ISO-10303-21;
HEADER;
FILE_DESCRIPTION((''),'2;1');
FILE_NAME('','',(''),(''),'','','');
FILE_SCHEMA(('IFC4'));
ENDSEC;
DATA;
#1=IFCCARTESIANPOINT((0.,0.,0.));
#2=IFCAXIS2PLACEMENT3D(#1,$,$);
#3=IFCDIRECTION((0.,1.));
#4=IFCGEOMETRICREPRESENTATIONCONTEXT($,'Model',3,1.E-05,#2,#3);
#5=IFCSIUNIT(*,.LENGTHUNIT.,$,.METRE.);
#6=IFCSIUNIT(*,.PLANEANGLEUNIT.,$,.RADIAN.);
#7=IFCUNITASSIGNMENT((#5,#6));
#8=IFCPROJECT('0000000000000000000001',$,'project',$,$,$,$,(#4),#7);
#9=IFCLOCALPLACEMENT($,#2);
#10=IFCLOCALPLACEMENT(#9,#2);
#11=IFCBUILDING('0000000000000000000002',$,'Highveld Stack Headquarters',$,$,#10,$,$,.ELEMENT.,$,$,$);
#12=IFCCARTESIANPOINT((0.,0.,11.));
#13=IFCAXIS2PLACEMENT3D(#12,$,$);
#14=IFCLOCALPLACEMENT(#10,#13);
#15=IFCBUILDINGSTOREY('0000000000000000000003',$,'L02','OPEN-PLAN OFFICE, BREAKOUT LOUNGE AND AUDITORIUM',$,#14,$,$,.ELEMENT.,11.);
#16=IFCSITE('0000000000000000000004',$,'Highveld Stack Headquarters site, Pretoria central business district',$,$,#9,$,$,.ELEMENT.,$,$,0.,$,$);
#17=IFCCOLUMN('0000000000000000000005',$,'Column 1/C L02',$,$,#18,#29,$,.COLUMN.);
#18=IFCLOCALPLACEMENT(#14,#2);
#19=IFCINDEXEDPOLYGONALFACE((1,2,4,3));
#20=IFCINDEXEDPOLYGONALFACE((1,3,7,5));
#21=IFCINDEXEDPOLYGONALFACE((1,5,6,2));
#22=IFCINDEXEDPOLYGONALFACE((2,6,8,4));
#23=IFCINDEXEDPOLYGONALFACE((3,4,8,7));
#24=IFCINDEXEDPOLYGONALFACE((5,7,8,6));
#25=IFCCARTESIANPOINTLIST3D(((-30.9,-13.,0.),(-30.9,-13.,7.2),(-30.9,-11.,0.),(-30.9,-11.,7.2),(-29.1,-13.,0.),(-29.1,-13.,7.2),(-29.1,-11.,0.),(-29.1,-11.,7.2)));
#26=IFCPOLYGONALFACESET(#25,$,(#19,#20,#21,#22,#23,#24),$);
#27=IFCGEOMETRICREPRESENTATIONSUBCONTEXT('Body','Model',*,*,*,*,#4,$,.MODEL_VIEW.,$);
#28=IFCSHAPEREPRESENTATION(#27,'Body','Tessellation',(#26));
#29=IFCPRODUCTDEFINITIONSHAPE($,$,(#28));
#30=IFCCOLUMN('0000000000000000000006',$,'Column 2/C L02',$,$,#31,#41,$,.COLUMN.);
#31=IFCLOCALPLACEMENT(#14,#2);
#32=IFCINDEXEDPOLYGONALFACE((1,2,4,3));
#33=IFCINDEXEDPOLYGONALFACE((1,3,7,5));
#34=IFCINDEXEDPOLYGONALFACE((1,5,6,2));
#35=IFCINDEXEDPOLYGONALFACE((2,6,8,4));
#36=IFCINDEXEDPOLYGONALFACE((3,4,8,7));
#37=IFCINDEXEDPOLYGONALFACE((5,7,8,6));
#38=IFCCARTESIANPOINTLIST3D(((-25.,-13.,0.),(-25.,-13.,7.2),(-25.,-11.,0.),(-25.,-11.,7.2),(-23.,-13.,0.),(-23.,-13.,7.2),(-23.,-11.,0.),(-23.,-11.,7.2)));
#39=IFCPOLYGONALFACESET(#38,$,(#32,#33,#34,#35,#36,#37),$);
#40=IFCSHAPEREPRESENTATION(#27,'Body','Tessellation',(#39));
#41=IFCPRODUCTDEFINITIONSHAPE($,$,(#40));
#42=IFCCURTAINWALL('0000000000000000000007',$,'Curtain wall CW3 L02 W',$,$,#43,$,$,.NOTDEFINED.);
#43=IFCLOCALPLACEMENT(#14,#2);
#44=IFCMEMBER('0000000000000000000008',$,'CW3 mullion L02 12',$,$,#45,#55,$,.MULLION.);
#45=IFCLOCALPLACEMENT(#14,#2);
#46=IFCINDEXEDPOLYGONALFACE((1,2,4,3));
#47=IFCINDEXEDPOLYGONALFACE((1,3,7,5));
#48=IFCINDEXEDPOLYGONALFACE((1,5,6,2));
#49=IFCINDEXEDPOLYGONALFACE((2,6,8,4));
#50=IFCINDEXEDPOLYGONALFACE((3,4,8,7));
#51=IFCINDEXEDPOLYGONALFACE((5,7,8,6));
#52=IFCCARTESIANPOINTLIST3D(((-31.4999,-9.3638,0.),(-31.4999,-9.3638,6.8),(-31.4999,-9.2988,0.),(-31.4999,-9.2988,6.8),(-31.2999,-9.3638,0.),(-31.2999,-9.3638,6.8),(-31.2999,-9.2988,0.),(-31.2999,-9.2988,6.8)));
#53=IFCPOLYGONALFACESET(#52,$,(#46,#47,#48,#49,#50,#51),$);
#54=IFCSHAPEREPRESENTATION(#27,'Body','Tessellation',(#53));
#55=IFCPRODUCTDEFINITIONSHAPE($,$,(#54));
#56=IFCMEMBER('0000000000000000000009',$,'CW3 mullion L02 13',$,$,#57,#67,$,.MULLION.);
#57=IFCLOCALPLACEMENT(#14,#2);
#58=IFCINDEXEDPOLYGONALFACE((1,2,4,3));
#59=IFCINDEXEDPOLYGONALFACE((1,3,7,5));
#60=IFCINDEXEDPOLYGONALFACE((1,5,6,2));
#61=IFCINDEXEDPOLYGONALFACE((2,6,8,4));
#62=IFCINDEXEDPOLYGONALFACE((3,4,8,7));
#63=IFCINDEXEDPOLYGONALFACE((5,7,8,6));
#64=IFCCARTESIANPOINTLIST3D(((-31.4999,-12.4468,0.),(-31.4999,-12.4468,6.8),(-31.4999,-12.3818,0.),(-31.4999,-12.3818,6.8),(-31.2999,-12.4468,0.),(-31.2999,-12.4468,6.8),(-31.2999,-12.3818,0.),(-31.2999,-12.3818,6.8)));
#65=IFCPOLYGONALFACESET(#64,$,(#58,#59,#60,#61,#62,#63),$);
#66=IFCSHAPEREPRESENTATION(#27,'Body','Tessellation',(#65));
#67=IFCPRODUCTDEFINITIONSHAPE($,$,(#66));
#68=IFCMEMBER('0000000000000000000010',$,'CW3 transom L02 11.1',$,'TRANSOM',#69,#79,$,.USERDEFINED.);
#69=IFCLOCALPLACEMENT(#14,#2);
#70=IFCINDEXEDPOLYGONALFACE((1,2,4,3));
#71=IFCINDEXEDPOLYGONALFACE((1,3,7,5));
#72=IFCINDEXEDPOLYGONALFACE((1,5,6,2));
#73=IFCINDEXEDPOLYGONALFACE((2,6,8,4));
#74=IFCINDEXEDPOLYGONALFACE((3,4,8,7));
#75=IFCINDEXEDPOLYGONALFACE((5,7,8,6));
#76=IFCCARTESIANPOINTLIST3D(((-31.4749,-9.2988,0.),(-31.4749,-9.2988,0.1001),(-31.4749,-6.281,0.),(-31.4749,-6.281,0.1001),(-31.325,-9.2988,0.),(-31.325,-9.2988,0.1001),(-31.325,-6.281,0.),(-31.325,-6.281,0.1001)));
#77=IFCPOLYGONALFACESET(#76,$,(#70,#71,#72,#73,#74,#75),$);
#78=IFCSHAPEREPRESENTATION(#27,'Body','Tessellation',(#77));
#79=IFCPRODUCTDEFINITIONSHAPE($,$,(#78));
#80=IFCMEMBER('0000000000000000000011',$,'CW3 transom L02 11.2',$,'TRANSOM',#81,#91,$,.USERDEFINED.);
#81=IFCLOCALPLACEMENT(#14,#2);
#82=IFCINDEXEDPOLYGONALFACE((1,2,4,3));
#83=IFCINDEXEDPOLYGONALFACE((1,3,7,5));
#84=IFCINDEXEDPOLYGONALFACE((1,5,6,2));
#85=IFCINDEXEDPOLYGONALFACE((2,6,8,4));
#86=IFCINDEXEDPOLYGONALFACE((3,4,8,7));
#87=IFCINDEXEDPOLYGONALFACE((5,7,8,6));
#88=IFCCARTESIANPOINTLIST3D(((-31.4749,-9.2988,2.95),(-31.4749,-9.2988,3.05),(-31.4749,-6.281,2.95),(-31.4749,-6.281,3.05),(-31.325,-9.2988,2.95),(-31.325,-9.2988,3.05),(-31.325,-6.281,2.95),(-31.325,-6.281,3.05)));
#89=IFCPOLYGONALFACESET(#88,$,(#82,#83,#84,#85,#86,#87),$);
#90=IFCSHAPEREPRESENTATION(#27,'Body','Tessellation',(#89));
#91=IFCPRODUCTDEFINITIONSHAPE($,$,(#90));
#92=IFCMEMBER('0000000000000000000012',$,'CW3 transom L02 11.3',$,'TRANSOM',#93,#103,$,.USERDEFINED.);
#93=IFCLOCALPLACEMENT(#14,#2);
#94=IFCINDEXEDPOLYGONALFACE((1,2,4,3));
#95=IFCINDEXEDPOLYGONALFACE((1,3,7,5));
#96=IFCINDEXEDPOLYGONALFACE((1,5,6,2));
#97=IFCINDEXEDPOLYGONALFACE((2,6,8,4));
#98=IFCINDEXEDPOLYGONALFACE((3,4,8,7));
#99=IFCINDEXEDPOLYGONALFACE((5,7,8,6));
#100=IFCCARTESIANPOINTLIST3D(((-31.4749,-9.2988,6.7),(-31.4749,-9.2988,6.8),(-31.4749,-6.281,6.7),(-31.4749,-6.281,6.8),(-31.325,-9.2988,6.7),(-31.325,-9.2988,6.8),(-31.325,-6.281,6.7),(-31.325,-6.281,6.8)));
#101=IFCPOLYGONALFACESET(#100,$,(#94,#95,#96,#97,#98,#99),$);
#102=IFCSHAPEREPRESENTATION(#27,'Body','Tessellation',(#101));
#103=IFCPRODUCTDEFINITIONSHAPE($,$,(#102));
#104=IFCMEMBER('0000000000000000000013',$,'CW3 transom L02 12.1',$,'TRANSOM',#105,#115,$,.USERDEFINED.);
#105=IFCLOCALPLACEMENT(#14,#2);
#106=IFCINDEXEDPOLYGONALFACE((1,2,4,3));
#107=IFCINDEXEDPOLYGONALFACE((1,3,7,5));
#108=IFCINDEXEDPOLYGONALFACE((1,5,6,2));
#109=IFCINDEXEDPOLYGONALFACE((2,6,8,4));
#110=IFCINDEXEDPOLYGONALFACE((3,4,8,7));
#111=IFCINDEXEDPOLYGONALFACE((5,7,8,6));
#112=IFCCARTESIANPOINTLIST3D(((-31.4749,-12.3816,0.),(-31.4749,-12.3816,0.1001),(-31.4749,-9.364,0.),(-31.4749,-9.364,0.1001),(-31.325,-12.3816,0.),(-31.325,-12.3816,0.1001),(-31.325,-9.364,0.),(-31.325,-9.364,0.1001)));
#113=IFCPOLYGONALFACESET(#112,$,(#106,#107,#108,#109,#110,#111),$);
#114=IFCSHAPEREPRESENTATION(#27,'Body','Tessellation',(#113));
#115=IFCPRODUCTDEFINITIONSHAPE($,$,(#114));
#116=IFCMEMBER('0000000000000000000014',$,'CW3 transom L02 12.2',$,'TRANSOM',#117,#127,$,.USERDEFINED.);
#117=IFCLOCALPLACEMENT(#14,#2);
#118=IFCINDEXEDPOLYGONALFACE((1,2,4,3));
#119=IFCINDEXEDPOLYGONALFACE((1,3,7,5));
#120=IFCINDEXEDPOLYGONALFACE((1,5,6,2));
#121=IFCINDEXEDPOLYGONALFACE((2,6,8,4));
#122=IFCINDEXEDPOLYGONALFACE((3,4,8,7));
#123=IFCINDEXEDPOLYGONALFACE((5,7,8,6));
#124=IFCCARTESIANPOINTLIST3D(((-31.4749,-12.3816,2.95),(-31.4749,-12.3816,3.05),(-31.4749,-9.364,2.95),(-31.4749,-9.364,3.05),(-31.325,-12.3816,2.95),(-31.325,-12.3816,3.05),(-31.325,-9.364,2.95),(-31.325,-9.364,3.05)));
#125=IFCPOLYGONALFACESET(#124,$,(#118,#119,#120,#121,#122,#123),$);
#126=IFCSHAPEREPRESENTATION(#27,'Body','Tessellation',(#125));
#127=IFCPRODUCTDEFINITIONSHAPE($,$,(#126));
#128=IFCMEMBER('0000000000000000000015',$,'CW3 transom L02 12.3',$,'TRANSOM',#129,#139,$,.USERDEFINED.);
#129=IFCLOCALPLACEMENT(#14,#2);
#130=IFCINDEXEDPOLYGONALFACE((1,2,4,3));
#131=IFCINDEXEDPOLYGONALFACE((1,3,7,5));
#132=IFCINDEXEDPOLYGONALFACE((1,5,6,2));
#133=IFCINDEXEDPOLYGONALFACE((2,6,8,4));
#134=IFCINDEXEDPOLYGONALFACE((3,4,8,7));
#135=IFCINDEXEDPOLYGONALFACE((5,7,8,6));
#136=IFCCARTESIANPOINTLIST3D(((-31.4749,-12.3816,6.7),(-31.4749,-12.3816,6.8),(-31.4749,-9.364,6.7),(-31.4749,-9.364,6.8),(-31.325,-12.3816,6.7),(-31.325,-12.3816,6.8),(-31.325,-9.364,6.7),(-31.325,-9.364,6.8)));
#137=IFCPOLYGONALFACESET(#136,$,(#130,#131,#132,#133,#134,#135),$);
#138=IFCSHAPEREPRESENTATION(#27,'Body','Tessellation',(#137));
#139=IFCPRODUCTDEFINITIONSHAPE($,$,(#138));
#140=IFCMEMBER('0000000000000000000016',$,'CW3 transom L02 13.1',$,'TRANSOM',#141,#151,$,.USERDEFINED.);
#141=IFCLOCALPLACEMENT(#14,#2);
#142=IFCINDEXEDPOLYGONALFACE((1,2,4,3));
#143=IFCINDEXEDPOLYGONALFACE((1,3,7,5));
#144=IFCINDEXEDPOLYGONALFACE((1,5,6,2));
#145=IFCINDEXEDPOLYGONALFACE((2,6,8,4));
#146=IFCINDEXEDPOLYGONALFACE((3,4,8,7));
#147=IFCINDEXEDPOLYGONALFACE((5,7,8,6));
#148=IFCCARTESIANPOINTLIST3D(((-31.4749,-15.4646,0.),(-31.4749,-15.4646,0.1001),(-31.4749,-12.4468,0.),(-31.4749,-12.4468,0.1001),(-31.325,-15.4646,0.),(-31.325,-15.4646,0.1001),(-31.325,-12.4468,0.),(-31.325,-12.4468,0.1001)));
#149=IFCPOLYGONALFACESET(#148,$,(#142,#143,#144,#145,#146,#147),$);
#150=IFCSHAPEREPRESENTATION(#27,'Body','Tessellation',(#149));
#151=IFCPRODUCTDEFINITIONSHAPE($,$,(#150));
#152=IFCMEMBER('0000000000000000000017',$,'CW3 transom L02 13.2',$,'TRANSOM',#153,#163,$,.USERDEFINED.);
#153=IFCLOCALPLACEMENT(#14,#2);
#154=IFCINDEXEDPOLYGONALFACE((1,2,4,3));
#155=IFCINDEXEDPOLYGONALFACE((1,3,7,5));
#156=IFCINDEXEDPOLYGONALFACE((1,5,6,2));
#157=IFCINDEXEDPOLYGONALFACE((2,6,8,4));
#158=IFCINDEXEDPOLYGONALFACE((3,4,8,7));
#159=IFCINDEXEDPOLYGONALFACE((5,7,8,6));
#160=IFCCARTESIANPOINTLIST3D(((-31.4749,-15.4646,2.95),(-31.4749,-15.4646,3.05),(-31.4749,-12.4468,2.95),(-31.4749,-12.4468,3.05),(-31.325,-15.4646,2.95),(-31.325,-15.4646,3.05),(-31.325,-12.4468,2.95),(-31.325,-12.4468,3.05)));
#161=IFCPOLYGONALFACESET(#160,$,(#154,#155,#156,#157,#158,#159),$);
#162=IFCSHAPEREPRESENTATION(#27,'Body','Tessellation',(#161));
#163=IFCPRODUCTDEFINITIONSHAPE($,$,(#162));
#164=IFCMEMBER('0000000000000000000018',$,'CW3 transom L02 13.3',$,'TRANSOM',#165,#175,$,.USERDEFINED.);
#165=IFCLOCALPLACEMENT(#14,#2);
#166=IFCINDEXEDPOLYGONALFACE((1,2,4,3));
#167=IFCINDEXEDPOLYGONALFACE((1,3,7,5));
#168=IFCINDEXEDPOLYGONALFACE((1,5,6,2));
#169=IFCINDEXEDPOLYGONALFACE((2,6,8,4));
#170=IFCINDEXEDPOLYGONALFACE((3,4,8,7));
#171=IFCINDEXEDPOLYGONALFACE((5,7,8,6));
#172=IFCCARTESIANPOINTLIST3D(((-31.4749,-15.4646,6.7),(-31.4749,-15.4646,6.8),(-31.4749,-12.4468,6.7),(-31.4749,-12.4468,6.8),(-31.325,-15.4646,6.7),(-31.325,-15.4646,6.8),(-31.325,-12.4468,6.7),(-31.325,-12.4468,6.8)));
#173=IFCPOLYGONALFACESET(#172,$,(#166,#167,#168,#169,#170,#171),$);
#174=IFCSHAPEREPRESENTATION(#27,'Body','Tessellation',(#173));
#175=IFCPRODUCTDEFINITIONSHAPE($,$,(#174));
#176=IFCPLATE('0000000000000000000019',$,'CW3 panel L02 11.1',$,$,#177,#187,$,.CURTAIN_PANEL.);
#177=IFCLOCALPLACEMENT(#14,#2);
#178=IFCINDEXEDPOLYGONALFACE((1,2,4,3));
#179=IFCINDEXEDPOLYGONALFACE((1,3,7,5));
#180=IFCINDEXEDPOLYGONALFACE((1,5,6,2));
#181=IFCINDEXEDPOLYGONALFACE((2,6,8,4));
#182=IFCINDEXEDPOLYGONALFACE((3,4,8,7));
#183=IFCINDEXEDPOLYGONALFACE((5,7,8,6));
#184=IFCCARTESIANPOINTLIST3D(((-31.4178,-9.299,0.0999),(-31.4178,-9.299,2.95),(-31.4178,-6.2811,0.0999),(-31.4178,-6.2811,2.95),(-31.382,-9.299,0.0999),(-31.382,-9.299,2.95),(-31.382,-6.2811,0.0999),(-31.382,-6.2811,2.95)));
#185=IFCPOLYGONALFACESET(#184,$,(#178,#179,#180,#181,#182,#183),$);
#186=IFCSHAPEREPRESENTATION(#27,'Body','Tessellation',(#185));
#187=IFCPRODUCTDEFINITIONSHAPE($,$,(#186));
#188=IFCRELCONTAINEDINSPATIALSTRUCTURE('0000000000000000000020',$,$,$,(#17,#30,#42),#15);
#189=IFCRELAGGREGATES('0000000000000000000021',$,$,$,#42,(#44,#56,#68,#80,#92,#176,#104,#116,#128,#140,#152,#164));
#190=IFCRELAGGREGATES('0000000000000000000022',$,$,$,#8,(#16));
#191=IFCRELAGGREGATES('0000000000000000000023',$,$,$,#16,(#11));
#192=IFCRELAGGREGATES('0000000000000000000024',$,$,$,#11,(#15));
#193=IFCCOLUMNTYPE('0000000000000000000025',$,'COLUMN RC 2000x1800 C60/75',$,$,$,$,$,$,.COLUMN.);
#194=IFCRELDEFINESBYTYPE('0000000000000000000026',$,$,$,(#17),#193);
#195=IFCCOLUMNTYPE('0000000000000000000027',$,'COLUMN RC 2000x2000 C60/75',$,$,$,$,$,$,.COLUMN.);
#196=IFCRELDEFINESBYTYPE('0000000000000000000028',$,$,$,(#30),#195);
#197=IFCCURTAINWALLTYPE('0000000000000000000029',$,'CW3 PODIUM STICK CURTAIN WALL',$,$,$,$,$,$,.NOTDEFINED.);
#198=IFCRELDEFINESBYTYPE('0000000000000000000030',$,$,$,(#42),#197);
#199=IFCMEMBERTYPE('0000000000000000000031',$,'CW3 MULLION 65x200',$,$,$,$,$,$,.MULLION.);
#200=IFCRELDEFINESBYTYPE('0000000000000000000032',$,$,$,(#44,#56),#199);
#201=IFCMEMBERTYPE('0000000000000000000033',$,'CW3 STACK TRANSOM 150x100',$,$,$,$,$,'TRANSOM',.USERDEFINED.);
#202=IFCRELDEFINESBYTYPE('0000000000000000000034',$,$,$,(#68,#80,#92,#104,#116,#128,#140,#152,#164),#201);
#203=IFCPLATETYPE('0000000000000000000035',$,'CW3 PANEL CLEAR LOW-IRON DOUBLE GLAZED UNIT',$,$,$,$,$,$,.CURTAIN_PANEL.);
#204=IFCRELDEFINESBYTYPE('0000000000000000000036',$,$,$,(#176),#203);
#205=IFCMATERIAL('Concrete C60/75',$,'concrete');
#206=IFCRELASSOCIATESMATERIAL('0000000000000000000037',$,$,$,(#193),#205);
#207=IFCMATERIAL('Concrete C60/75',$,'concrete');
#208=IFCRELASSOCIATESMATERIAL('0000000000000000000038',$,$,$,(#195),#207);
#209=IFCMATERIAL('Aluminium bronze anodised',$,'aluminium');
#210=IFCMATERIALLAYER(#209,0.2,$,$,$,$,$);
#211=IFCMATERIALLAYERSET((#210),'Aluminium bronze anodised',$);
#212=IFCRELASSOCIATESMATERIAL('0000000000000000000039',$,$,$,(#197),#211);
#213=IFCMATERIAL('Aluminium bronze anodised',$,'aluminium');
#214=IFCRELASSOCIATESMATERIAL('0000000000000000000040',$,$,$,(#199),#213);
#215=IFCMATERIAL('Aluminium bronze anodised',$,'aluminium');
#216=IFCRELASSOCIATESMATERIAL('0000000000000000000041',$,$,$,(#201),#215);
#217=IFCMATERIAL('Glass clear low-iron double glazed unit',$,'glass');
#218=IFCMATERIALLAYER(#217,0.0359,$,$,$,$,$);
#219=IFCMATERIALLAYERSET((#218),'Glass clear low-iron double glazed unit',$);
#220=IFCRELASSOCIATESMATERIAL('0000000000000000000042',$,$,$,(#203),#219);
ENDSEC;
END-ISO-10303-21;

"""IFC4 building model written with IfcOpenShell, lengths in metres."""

from ifc_helpers import new_model, si_unit, direction, frame, origin, origin_2d, place, context, subcontext, project, spatial, rectangle, extrude, material, layer, layer_set, material_profile, profile_set, type_object, element, aggregate, save


model = new_model("IFC4")

# Units and contexts
model_context = context("Model", 3, precision=1e-05, world=origin(), true_north=direction((0.0, 1.0)))
body_context = subcontext(model_context, "Body", "Model", "MODEL_VIEW")
ifc_project = project(units=[si_unit("LENGTHUNIT", "METRE"), si_unit("PLANEANGLEUNIT", "RADIAN")], contexts=[model_context])

# Site, building, storey
site_placement = place(None, origin())
site = spatial("IfcSite", under=ifc_project, at=site_placement, Name="Highveld Stack Headquarters site, Pretoria central business district", CompositionType="ELEMENT", RefElevation=0.0)
building_placement = place(site_placement, origin())
building = spatial("IfcBuilding", under=site, at=building_placement, Name="Highveld Stack Headquarters", CompositionType="ELEMENT")
storey_placement = place(building_placement, frame((0.0, 0.0, 11.0)))
storey = spatial("IfcBuildingStorey", under=building, at=storey_placement, Name="L02", Description="OPEN-PLAN OFFICE, BREAKOUT LOUNGE AND AUDITORIUM", CompositionType="ELEMENT", Elevation=11.0)

# Columns
ifc_material_1 = material(Name="Concrete C60/75", Category="concrete")
ifc_material_profile_1 = material_profile(ifc_material_1, rectangle(XDim=2.0, YDim=1.8, at=origin_2d()), Name="RC 2000x1800")
ifc_profile_set_1 = profile_set([ifc_material_profile_1], Name="Concrete C60/75")
column_type_1 = type_object("IfcColumnType", Name="COLUMN RC 2000x1800 C60/75", PredefinedType="COLUMN", material=ifc_profile_set_1)
column_1_placement = place(storey_placement, frame((-30.0, -12.0, 0.0), z_axis=(0.0, 0.0, 1.0), x_axis=(0.0, 1.0, 0.0)))
element("IfcColumn", 1, at=column_1_placement, inside=storey, type_object=column_type_1, Name="Column 1/C L02", PredefinedType="COLUMN", context=body_context, shape_type="SweptSolid", body=[
    extrude(rectangle(XDim=2.0, YDim=1.8, at=origin_2d()), origin(), (0.0, 0.0, 1.0), 7.2),
])
ifc_material_2 = material(Name="Concrete C60/75", Category="concrete")
ifc_material_profile_2 = material_profile(ifc_material_2, rectangle(XDim=2.0, YDim=2.0, at=origin_2d()), Name="RC 2000x2000")
ifc_profile_set_2 = profile_set([ifc_material_profile_2], Name="Concrete C60/75")
column_type_2 = type_object("IfcColumnType", Name="COLUMN RC 2000x2000 C60/75", PredefinedType="COLUMN", material=ifc_profile_set_2)
column_2_placement = place(storey_placement, frame((-24.0, -12.0, 0.0), z_axis=(0.0, 0.0, 1.0), x_axis=(1.0, 0.0, 0.0)))
element("IfcColumn", 2, at=column_2_placement, inside=storey, type_object=column_type_2, Name="Column 2/C L02", PredefinedType="COLUMN", context=body_context, shape_type="SweptSolid", body=[
    extrude(rectangle(XDim=2.0, YDim=2.0, at=origin_2d()), origin(), (0.0, 0.0, 1.0), 7.2),
])

# Curtain wall, members, plate
ifc_material_3 = material(Name="Aluminium bronze anodised", Category="aluminium")
ifc_layer_1 = layer(ifc_material_3, 0.2)
ifc_layer_set_1 = layer_set([ifc_layer_1], Name="Aluminium bronze anodised")
curtain_wall_type = type_object("IfcCurtainWallType", Name="CW3 PODIUM STICK CURTAIN WALL", PredefinedType="NOTDEFINED", material=ifc_layer_set_1)
curtain_wall_placement = place(storey_placement, origin())
curtain_wall = element("IfcCurtainWall", 3, at=curtain_wall_placement, inside=storey, type_object=curtain_wall_type, Name="Curtain wall CW3 L02 W", PredefinedType="NOTDEFINED")
ifc_material_4 = material(Name="Aluminium bronze anodised", Category="aluminium")
ifc_material_profile_3 = material_profile(ifc_material_4, rectangle(XDim=0.2, YDim=0.0649, at=origin_2d()), Name="CW3 MULLION 65x200")
ifc_profile_set_3 = profile_set([ifc_material_profile_3], Name="Aluminium bronze anodised")
member_type_1 = type_object("IfcMemberType", Name="CW3 MULLION 65x200", PredefinedType="MULLION", material=ifc_profile_set_3)
member_1_placement = place(storey_placement, frame((-31.3999, -9.3313, 0.0), z_axis=(0.0, 0.0, 1.0), x_axis=(1.0, 0.0, 0.0)))
member_1 = element("IfcMember", 4, at=member_1_placement, type_object=member_type_1, Name="CW3 mullion L02 12", PredefinedType="MULLION", context=body_context, shape_type="SweptSolid", body=[
    extrude(rectangle(XDim=0.2, YDim=0.0649, at=origin_2d()), origin(), (0.0, 0.0, 1.0), 6.8),
])
member_2_placement = place(storey_placement, frame((-31.3999, -12.4143, 0.0), z_axis=(0.0, 0.0, 1.0), x_axis=(1.0, 0.0, 0.0)))
member_2 = element("IfcMember", 5, at=member_2_placement, type_object=member_type_1, Name="CW3 mullion L02 13", PredefinedType="MULLION", context=body_context, shape_type="SweptSolid", body=[
    extrude(rectangle(XDim=0.2, YDim=0.0649, at=origin_2d()), origin(), (0.0, 0.0, 1.0), 6.8),
])
ifc_material_5 = material(Name="Aluminium bronze anodised", Category="aluminium")
ifc_material_profile_4 = material_profile(ifc_material_5, rectangle(XDim=0.1499, YDim=0.1001, at=origin_2d()), Name="CW3 TRANSOM 150x100")
ifc_profile_set_4 = profile_set([ifc_material_profile_4], Name="Aluminium bronze anodised")
member_type_2 = type_object("IfcMemberType", Name="CW3 STACK TRANSOM 150x100", ElementType="TRANSOM", PredefinedType="USERDEFINED", material=ifc_profile_set_4)
member_3_placement = place(storey_placement, frame((-31.3999, -6.281, 0.05), z_axis=(0.0, -1.0, 0.0), x_axis=(1.0, 0.0, 0.0)))
member_3 = element("IfcMember", 6, at=member_3_placement, type_object=member_type_2, Name="CW3 transom L02 11.1", ObjectType="TRANSOM", PredefinedType="USERDEFINED", context=body_context, shape_type="SweptSolid", body=[
    extrude(rectangle(XDim=0.1499, YDim=0.1001, at=origin_2d()), origin(), (0.0, 0.0, 1.0), 3.0178),
])
member_4_placement = place(storey_placement, frame((-31.3999, -6.281, 3.0), z_axis=(0.0, -1.0, 0.0), x_axis=(1.0, 0.0, 0.0)))
member_4 = element("IfcMember", 7, at=member_4_placement, type_object=member_type_2, Name="CW3 transom L02 11.2", ObjectType="TRANSOM", PredefinedType="USERDEFINED", context=body_context, shape_type="SweptSolid", body=[
    extrude(rectangle(XDim=0.1499, YDim=0.1001, at=origin_2d()), origin(), (0.0, 0.0, 1.0), 3.0178),
])
member_5_placement = place(storey_placement, frame((-31.3999, -6.281, 6.75), z_axis=(0.0, -1.0, 0.0), x_axis=(1.0, 0.0, 0.0)))
member_5 = element("IfcMember", 8, at=member_5_placement, type_object=member_type_2, Name="CW3 transom L02 11.3", ObjectType="TRANSOM", PredefinedType="USERDEFINED", context=body_context, shape_type="SweptSolid", body=[
    extrude(rectangle(XDim=0.1499, YDim=0.1001, at=origin_2d()), origin(), (0.0, 0.0, 1.0), 3.0178),
])
member_6_placement = place(storey_placement, frame((-31.3999, -9.364, 0.05), z_axis=(0.0, -1.0, 0.0), x_axis=(1.0, 0.0, 0.0)))
member_6 = element("IfcMember", 9, at=member_6_placement, type_object=member_type_2, Name="CW3 transom L02 12.1", ObjectType="TRANSOM", PredefinedType="USERDEFINED", context=body_context, shape_type="SweptSolid", body=[
    extrude(rectangle(XDim=0.1499, YDim=0.1001, at=origin_2d()), origin(), (0.0, 0.0, 1.0), 3.0176),
])
member_7_placement = place(storey_placement, frame((-31.3999, -9.364, 3.0), z_axis=(0.0, -1.0, 0.0), x_axis=(1.0, 0.0, 0.0)))
member_7 = element("IfcMember", 10, at=member_7_placement, type_object=member_type_2, Name="CW3 transom L02 12.2", ObjectType="TRANSOM", PredefinedType="USERDEFINED", context=body_context, shape_type="SweptSolid", body=[
    extrude(rectangle(XDim=0.1499, YDim=0.1001, at=origin_2d()), origin(), (0.0, 0.0, 1.0), 3.0176),
])
member_8_placement = place(storey_placement, frame((-31.3999, -9.364, 6.75), z_axis=(0.0, -1.0, 0.0), x_axis=(1.0, 0.0, 0.0)))
member_8 = element("IfcMember", 11, at=member_8_placement, type_object=member_type_2, Name="CW3 transom L02 12.3", ObjectType="TRANSOM", PredefinedType="USERDEFINED", context=body_context, shape_type="SweptSolid", body=[
    extrude(rectangle(XDim=0.1499, YDim=0.1001, at=origin_2d()), origin(), (0.0, 0.0, 1.0), 3.0176),
])
member_9_placement = place(storey_placement, frame((-31.3999, -12.4468, 0.05), z_axis=(0.0, -1.0, 0.0), x_axis=(1.0, 0.0, 0.0)))
member_9 = element("IfcMember", 12, at=member_9_placement, type_object=member_type_2, Name="CW3 transom L02 13.1", ObjectType="TRANSOM", PredefinedType="USERDEFINED", context=body_context, shape_type="SweptSolid", body=[
    extrude(rectangle(XDim=0.1499, YDim=0.1001, at=origin_2d()), origin(), (0.0, 0.0, 1.0), 3.0178),
])
member_10_placement = place(storey_placement, frame((-31.3999, -12.4468, 3.0), z_axis=(0.0, -1.0, 0.0), x_axis=(1.0, 0.0, 0.0)))
member_10 = element("IfcMember", 13, at=member_10_placement, type_object=member_type_2, Name="CW3 transom L02 13.2", ObjectType="TRANSOM", PredefinedType="USERDEFINED", context=body_context, shape_type="SweptSolid", body=[
    extrude(rectangle(XDim=0.1499, YDim=0.1001, at=origin_2d()), origin(), (0.0, 0.0, 1.0), 3.0178),
])
member_11_placement = place(storey_placement, frame((-31.3999, -12.4468, 6.75), z_axis=(0.0, -1.0, 0.0), x_axis=(1.0, 0.0, 0.0)))
member_11 = element("IfcMember", 14, at=member_11_placement, type_object=member_type_2, Name="CW3 transom L02 13.3", ObjectType="TRANSOM", PredefinedType="USERDEFINED", context=body_context, shape_type="SweptSolid", body=[
    extrude(rectangle(XDim=0.1499, YDim=0.1001, at=origin_2d()), origin(), (0.0, 0.0, 1.0), 3.0178),
])
ifc_material_6 = material(Name="Glass clear low-iron double glazed unit", Category="glass")
ifc_layer_2 = layer(ifc_material_6, 0.0359)
ifc_layer_set_2 = layer_set([ifc_layer_2], Name="Glass clear low-iron double glazed unit")
plate_type = type_object("IfcPlateType", Name="CW3 PANEL CLEAR LOW-IRON DOUBLE GLAZED UNIT", PredefinedType="CURTAIN_PANEL", material=ifc_layer_set_2)
plate_1_placement = place(storey_placement, frame((-31.3999, -7.79, 0.0999), z_axis=(0.0, 0.0, 1.0), x_axis=(0.0, -1.0, 0.0)))
plate_1 = element("IfcPlate", 15, at=plate_1_placement, type_object=plate_type, Name="CW3 panel L02 11.1", PredefinedType="CURTAIN_PANEL", context=body_context, shape_type="SweptSolid", body=[
    extrude(rectangle(XDim=3.0178, YDim=0.0359, at=origin_2d()), origin(), (0.0, 0.0, 1.0), 2.8501),
])
aggregate(curtain_wall, [member_1, member_2, member_3, member_4, member_5, plate_1, member_6, member_7, member_8, member_9, member_10, member_11])

save(model, "model.ifc")
